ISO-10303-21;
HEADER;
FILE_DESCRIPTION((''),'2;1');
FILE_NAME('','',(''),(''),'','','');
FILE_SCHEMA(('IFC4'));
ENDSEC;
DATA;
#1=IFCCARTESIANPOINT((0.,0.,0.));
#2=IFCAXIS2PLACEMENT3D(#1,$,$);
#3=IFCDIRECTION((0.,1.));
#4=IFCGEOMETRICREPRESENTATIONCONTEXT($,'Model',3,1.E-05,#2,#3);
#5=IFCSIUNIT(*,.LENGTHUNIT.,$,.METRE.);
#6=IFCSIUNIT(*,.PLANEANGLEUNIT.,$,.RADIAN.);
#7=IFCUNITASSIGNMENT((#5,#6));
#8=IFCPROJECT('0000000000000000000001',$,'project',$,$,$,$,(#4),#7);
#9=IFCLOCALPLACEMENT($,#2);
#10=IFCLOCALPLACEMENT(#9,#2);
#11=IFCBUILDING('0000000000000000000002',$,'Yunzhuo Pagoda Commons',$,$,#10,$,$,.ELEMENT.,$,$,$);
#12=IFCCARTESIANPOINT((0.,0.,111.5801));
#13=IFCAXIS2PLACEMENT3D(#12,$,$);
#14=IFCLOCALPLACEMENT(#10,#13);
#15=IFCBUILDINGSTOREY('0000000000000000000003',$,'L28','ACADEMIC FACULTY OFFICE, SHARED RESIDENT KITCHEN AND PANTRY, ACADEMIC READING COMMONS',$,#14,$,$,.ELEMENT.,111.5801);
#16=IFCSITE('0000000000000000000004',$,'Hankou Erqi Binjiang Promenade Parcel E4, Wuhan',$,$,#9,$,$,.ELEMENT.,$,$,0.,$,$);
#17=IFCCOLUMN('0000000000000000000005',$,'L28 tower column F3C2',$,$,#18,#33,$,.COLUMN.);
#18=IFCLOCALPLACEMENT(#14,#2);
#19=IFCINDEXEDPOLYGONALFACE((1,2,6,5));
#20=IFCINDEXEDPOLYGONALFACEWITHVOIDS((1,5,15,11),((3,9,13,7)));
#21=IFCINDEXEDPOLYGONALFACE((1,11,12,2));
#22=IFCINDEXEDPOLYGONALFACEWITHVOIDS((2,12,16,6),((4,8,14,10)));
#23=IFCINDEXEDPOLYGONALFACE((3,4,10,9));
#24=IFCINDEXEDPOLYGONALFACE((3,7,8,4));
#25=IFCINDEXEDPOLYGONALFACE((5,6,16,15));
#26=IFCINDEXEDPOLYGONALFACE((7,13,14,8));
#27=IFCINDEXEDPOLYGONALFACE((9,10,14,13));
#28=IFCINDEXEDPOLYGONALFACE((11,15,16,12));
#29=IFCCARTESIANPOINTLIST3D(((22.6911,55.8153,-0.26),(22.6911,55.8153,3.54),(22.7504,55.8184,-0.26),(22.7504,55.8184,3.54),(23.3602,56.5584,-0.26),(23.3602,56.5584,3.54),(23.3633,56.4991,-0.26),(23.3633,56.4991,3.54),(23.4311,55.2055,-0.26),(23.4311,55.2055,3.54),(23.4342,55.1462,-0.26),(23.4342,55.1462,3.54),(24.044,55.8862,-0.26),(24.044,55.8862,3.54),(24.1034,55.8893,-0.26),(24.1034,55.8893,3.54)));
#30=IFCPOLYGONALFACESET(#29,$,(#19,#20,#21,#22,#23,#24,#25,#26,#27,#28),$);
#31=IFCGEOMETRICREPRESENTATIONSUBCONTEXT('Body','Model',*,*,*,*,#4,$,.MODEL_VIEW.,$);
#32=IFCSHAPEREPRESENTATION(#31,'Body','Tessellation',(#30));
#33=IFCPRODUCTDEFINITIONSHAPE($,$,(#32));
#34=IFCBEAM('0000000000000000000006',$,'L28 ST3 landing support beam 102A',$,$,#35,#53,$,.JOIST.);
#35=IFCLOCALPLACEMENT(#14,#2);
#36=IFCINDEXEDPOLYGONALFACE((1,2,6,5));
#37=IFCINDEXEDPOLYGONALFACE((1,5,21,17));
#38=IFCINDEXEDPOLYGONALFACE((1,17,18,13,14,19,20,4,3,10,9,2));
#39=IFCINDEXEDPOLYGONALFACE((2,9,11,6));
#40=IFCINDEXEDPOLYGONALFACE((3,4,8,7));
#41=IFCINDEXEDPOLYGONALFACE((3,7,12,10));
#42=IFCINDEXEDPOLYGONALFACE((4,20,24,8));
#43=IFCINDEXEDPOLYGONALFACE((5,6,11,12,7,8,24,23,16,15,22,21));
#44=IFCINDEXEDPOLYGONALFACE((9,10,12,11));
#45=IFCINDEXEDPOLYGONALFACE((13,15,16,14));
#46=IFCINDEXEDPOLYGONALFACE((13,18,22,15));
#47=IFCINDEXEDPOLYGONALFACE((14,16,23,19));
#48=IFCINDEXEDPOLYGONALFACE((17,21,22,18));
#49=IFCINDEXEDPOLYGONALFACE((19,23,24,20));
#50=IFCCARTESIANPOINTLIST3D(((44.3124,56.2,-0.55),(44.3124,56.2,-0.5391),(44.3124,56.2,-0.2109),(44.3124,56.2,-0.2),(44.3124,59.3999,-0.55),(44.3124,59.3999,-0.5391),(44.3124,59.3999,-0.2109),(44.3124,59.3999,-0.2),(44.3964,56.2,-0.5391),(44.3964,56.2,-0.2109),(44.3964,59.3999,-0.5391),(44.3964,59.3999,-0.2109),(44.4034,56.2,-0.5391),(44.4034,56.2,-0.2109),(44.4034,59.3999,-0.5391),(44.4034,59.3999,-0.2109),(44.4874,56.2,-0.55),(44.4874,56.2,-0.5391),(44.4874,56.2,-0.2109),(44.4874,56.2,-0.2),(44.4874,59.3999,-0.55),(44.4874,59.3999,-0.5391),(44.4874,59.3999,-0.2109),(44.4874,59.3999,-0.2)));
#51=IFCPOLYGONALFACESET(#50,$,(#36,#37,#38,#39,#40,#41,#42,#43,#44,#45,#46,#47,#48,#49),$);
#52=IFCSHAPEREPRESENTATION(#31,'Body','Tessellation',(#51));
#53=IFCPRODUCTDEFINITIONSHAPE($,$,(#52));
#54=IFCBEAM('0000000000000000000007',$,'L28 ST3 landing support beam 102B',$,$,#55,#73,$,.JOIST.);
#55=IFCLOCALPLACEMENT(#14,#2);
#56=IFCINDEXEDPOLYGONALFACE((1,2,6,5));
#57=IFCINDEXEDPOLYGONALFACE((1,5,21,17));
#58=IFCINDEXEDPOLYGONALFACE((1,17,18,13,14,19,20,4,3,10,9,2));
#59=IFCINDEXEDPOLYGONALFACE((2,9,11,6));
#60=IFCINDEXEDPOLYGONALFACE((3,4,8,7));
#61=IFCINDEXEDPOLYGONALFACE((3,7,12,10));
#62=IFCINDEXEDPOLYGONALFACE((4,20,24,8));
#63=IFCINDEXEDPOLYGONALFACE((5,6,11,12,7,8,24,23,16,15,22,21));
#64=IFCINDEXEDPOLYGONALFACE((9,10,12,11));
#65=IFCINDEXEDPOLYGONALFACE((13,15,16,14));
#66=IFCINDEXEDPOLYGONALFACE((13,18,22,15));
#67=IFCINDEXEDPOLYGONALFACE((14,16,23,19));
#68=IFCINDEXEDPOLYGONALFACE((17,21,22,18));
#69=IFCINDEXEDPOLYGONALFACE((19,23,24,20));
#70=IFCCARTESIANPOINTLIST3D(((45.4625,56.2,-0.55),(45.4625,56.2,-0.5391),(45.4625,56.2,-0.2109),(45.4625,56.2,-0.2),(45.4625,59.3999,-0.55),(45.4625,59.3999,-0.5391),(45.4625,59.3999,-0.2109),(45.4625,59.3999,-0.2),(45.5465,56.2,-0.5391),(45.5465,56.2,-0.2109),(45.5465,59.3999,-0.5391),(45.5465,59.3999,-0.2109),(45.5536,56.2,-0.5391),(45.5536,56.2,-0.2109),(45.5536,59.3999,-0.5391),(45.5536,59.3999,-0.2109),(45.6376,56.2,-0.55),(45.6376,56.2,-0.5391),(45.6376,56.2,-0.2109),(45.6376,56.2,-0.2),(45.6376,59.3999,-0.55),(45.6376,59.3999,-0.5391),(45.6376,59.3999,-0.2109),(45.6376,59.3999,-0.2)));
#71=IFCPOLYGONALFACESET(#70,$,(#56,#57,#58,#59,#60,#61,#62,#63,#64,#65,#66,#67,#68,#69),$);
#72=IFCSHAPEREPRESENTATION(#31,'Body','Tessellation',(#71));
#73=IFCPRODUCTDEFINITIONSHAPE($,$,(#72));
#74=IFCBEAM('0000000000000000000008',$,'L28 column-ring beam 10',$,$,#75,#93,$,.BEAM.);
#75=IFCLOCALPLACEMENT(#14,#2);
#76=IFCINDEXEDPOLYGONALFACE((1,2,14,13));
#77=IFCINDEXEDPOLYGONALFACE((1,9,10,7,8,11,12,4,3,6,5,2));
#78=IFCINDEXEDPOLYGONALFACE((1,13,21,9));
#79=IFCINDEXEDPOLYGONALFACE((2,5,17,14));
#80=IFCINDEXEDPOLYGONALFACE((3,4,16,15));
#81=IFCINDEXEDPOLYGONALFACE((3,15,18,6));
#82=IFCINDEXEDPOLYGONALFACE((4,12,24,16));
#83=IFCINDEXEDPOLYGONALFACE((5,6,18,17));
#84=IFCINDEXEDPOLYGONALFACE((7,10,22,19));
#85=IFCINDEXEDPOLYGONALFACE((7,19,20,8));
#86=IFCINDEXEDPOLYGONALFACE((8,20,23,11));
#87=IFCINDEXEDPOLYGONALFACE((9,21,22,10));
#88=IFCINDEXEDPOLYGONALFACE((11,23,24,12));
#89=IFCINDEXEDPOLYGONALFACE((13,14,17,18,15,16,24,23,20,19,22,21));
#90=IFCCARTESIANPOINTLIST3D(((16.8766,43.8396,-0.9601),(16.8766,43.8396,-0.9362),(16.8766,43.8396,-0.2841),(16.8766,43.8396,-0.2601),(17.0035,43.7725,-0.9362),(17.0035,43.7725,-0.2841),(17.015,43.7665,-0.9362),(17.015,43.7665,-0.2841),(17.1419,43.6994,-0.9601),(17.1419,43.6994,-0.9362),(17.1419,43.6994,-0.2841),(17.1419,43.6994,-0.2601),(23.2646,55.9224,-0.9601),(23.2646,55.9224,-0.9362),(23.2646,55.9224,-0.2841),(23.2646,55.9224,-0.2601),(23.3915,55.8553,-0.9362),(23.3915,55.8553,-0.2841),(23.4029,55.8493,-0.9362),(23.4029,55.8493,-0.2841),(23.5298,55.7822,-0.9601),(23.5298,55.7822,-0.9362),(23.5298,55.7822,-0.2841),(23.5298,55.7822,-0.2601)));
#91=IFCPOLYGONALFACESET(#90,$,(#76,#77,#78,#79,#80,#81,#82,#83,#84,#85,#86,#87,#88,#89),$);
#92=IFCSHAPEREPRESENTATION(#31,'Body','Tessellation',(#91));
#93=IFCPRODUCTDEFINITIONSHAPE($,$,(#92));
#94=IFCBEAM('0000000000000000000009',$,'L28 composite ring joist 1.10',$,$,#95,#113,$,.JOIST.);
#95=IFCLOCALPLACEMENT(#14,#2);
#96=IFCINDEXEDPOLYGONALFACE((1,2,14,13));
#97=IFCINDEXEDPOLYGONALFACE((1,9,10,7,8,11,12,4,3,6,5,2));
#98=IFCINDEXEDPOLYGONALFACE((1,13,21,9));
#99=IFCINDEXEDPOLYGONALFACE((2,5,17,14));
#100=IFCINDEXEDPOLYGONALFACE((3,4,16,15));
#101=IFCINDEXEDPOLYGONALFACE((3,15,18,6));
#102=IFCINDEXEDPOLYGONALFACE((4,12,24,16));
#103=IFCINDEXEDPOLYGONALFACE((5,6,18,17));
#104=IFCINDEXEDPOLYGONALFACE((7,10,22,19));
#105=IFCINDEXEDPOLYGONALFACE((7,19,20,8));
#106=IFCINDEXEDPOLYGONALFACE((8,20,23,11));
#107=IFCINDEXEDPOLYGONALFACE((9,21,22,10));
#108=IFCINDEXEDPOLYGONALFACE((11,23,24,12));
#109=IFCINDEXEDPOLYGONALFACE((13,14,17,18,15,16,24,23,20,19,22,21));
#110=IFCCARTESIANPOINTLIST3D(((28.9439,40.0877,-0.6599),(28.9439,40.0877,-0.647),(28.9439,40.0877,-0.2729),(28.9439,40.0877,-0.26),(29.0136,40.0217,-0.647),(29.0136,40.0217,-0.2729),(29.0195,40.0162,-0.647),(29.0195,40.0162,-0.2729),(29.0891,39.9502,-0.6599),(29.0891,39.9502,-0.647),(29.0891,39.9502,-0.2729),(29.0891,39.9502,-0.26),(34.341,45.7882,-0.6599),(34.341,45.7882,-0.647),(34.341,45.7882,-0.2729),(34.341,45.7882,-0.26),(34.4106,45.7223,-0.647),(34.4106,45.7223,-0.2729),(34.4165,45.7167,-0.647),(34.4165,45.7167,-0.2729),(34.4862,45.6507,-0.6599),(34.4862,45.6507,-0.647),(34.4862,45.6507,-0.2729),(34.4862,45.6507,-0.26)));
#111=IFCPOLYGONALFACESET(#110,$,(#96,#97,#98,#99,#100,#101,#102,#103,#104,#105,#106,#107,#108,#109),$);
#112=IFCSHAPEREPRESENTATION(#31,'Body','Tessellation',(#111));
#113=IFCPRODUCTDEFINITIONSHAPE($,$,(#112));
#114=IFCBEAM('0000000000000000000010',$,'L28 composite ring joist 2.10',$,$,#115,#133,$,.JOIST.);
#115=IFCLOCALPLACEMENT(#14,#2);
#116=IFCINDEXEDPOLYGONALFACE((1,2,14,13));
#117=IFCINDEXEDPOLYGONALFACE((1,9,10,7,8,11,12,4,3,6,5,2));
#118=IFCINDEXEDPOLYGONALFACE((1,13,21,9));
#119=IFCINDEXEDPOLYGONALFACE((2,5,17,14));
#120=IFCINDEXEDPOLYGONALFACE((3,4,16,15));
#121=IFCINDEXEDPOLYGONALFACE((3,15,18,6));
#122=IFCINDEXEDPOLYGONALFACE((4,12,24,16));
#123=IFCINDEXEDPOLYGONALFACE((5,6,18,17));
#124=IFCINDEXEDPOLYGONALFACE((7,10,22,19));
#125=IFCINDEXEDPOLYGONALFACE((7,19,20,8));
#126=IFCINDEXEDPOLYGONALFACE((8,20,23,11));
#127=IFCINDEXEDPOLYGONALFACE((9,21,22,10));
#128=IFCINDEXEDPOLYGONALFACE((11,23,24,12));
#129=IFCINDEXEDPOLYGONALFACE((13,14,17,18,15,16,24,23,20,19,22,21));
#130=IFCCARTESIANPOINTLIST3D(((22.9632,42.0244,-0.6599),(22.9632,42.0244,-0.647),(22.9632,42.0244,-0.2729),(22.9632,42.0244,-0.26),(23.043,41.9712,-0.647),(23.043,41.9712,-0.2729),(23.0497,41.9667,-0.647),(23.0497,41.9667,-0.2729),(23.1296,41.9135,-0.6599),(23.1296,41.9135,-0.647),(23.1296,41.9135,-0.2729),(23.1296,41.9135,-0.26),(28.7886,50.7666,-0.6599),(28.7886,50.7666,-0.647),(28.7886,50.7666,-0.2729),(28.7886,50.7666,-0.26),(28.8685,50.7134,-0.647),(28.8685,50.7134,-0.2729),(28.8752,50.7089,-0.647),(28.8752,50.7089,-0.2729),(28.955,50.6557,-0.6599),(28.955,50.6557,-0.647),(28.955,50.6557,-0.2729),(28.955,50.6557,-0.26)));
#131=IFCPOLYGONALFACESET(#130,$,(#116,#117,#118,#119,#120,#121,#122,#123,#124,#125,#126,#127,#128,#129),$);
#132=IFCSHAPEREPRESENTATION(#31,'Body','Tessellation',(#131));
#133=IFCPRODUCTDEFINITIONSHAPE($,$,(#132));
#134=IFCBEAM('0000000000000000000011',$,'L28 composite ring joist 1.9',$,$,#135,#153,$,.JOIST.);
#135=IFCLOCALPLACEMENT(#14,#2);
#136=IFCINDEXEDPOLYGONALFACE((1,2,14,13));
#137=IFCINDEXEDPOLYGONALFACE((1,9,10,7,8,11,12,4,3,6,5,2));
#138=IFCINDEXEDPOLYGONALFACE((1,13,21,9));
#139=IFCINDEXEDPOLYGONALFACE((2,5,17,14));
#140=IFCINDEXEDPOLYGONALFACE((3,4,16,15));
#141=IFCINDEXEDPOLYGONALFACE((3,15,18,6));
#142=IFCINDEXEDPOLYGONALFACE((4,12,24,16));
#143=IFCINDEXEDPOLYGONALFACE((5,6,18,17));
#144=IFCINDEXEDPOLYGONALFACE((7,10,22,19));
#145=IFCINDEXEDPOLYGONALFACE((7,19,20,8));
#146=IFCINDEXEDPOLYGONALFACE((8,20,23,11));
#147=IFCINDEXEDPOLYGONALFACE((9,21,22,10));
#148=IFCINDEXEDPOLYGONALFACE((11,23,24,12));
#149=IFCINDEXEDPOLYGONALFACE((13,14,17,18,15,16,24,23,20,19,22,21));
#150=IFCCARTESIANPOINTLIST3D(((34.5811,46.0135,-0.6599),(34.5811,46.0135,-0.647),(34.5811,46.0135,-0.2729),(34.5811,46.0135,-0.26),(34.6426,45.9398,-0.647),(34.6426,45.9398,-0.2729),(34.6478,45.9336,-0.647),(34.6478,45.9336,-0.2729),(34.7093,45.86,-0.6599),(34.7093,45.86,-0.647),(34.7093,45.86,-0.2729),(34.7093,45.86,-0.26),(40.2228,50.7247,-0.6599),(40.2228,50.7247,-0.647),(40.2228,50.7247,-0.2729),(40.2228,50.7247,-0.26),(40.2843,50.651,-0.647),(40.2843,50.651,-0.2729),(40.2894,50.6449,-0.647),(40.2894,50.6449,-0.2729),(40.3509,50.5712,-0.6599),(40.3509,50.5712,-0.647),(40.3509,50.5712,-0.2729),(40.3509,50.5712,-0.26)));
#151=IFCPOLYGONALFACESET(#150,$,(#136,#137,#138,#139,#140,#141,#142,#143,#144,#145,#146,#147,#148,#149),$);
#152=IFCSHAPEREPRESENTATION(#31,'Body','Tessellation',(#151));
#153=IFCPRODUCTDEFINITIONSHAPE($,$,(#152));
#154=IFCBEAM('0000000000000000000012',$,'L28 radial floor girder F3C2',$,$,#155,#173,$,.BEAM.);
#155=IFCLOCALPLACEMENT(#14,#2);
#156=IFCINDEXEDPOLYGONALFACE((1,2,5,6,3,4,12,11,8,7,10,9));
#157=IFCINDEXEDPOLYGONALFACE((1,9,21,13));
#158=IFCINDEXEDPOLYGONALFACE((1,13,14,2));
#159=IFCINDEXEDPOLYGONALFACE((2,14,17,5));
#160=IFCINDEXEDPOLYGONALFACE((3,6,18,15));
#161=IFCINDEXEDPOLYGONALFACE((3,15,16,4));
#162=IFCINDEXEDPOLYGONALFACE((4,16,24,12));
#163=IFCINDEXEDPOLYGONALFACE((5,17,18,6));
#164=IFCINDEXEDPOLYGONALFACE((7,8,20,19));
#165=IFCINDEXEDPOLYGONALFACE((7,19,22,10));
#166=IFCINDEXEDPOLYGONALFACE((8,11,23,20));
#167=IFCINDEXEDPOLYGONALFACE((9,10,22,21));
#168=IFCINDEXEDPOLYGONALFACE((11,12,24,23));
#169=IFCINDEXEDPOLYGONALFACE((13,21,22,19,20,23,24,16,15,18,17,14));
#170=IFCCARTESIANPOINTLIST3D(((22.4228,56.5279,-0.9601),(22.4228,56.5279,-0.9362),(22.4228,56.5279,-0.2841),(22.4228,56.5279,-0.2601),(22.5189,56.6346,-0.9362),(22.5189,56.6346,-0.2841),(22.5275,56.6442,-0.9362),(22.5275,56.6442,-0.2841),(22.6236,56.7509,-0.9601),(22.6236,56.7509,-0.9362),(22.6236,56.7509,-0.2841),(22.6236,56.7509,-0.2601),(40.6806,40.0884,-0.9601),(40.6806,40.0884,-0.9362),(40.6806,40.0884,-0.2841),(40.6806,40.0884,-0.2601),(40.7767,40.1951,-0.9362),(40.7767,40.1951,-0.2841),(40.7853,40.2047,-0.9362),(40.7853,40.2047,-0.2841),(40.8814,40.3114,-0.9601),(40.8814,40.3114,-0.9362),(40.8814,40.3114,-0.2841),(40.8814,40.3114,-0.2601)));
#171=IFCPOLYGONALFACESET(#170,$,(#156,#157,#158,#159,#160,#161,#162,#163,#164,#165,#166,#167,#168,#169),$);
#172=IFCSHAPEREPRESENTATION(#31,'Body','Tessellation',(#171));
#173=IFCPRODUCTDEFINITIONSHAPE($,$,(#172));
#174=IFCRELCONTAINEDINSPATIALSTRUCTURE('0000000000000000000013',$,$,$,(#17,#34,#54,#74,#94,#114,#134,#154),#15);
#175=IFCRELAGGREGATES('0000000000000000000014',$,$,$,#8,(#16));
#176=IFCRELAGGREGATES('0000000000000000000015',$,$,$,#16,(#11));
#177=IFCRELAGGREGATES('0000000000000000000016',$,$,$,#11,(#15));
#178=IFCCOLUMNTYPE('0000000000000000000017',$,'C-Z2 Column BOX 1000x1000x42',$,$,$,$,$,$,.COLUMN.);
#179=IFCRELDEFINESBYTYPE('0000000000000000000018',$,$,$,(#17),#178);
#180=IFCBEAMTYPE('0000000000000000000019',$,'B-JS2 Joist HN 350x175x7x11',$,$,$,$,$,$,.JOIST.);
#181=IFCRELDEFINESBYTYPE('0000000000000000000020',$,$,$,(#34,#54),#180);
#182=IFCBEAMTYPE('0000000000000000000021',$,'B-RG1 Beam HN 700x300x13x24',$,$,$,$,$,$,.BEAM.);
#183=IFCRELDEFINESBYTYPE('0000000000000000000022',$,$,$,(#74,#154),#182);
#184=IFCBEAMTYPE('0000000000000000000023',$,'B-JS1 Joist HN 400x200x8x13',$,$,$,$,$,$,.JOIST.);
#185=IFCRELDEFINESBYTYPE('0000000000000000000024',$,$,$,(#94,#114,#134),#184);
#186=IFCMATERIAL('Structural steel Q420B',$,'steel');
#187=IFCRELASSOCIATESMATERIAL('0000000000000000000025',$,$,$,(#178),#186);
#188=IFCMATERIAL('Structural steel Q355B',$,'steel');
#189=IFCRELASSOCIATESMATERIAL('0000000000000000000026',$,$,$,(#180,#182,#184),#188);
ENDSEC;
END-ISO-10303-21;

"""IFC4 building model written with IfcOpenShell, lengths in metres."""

from ifc_helpers import new_model, si_unit, direction, frame, origin, origin_2d, place, context, subcontext, project, spatial, hollow_rectangle, i_section, extrude, source, transform, mapped, material, material_profile, profile_set, type_object, element, save


model = new_model("IFC4")

# Units and contexts
model_context = context("Model", 3, precision=1e-05, world=origin(), true_north=direction((0.0, 1.0)))
body_context = subcontext(model_context, "Body", "Model", "MODEL_VIEW")
ifc_project = project(units=[si_unit("LENGTHUNIT", "METRE"), si_unit("PLANEANGLEUNIT", "RADIAN")], contexts=[model_context])

# Site, building, storey
site_placement = place(None, origin())
site = spatial("IfcSite", under=ifc_project, at=site_placement, Name="Hankou Erqi Binjiang Promenade Parcel E4, Wuhan", CompositionType="ELEMENT", RefElevation=0.0)
building_placement = place(site_placement, origin())
building = spatial("IfcBuilding", under=site, at=building_placement, Name="Yunzhuo Pagoda Commons", CompositionType="ELEMENT")
storey_placement = place(building_placement, frame((0.0, 0.0, 111.5801)))
storey = spatial("IfcBuildingStorey", under=building, at=storey_placement, Name="L28", Description="ACADEMIC FACULTY OFFICE, SHARED RESIDENT KITCHEN AND PANTRY, ACADEMIC READING COMMONS", CompositionType="ELEMENT", Elevation=111.5801)

# Column
ifc_material_1 = material(Name="Structural steel Q420B", Category="steel")
ifc_material_profile_1 = material_profile(ifc_material_1, hollow_rectangle(XDim=1.0, YDim=1.0, WallThickness=0.042, at=origin_2d()), Name="Structural steel Q420B")
ifc_profile_set_1 = profile_set([ifc_material_profile_1], Name="Structural steel Q420B")
column_type = type_object("IfcColumnType", Name="C-Z2 Column BOX 1000x1000x42", PredefinedType="COLUMN", material=ifc_profile_set_1)
shared_shape_1 = source(origin(), body_context, "Body", "SweptSolid", [
    extrude(hollow_rectangle(XDim=1.0, YDim=1.0, WallThickness=0.042, at=origin_2d()), origin(), (0.0, 0.0, 1.0), 3.8),
])
column_placement = place(storey_placement, frame((23.3972, 55.8523, -0.26), z_axis=(0.0, 0.0, 1.0), x_axis=(-0.669131, -0.743145, 0.0)))
element("IfcColumn", 1, at=column_placement, inside=storey, type_object=column_type, Name="L28 tower column F3C2", PredefinedType="COLUMN", context=body_context, shape_type="MappedRepresentation", body=[
    mapped(shared_shape_1, transform((0.0, 0.0, 0.0), scale=1.0)),
])

# Beams
ifc_material_2 = material(Name="Structural steel Q355B", Category="steel")
ifc_material_profile_2 = material_profile(ifc_material_2, i_section(OverallWidth=0.175, OverallDepth=0.3501, WebThickness=0.0071, FlangeThickness=0.011, at=origin_2d()), Name="Structural steel Q355B")
ifc_profile_set_2 = profile_set([ifc_material_profile_2], Name="Structural steel Q355B")
beam_type_1 = type_object("IfcBeamType", Name="B-JS2 Joist HN 350x175x7x11", PredefinedType="JOIST", material=ifc_profile_set_2)
shared_shape_2 = source(origin(), body_context, "Body", "SweptSolid", [
    extrude(i_section(OverallWidth=0.175, OverallDepth=0.3501, WebThickness=0.0071, FlangeThickness=0.011, at=origin_2d()), origin(), (0.0, 0.0, 1.0), 3.2),
])
for number, where, z_axis, x_axis, name in (
    (2, (44.3999, 56.2, -0.375), (0.0, 1.0, 0.0), (-1.0, 0.0, 0.0), "L28 ST3 landing support beam 102A"),
    (3, (45.55, 56.2, -0.375), (0.0, 1.0, 0.0), (-1.0, 0.0, 0.0), "L28 ST3 landing support beam 102B"),
):
    element("IfcBeam", number, at=place(storey_placement, frame(where, z_axis=z_axis, x_axis=x_axis)), inside=storey, type_object=beam_type_1, Name=name, PredefinedType="JOIST", context=body_context, shape_type="MappedRepresentation", body=[
        mapped(shared_shape_2, transform((0.0, 0.0, 0.0), scale=1.0)),
    ])
ifc_material_profile_3 = material_profile(ifc_material_2, i_section(OverallWidth=0.3, OverallDepth=0.7, WebThickness=0.0129, FlangeThickness=0.0239, at=origin_2d()), Name="Structural steel Q355B")
ifc_profile_set_3 = profile_set([ifc_material_profile_3], Name="Structural steel Q355B")
beam_type_2 = type_object("IfcBeamType", Name="B-RG1 Beam HN 700x300x13x24", PredefinedType="BEAM", material=ifc_profile_set_3)
shared_shape_3 = source(origin(), body_context, "Body", "SweptSolid", [
    extrude(i_section(OverallWidth=0.3, OverallDepth=0.7, WebThickness=0.0129, FlangeThickness=0.0239, at=origin_2d()), origin(), (0.0, 0.0, 1.0), 13.6675),
])
beam_1_placement = place(storey_placement, frame((23.3972, 55.8523, -0.6101), z_axis=(-0.467384, -0.884055, 0.0), x_axis=(0.884055, -0.467384, 0.0)))
element("IfcBeam", 4, at=beam_1_placement, inside=storey, type_object=beam_type_2, Name="L28 column-ring beam 10", PredefinedType="BEAM", context=body_context, shape_type="MappedRepresentation", body=[
    mapped(shared_shape_3, transform((0.0, 0.0, 0.0), scale=1.0)),
])
ifc_material_profile_4 = material_profile(ifc_material_2, i_section(OverallWidth=0.2, OverallDepth=0.3999, WebThickness=0.0081, FlangeThickness=0.0129, at=origin_2d()), Name="Structural steel Q355B")
ifc_profile_set_4 = profile_set([ifc_material_profile_4], Name="Structural steel Q355B")
beam_type_3 = type_object("IfcBeamType", Name="B-JS1 Joist HN 400x200x8x13", PredefinedType="JOIST", material=ifc_profile_set_4)
shared_shape_4 = source(origin(), body_context, "Body", "SweptSolid", [
    extrude(i_section(OverallWidth=0.2, OverallDepth=0.3999, WebThickness=0.0081, FlangeThickness=0.0129, at=origin_2d()), origin(), (0.0, 0.0, 1.0), 7.8501),
])
beam_2_placement = place(storey_placement, frame((34.4136, 45.7195, -0.46), z_axis=(-0.687513, -0.726172, 0.0), x_axis=(0.726172, -0.687513, 0.0)))
element("IfcBeam", 5, at=beam_2_placement, inside=storey, type_object=beam_type_3, Name="L28 composite ring joist 1.10", PredefinedType="JOIST", context=body_context, shape_type="MappedRepresentation", body=[
    mapped(shared_shape_4, transform((0.0, 0.0, 0.0), scale=1.0)),
])
shared_shape_5 = source(origin(), body_context, "Body", "SweptSolid", [
    extrude(i_section(OverallWidth=0.2, OverallDepth=0.3999, WebThickness=0.0081, FlangeThickness=0.0129, at=origin_2d()), origin(), (0.0, 0.0, 1.0), 10.5054),
])
beam_3_placement = place(storey_placement, frame((28.8718, 50.7112, -0.46), z_axis=(-0.554523, -0.832168, 0.0), x_axis=(0.832168, -0.554523, 0.0)))
element("IfcBeam", 6, at=beam_3_placement, inside=storey, type_object=beam_type_3, Name="L28 composite ring joist 2.10", PredefinedType="JOIST", context=body_context, shape_type="MappedRepresentation", body=[
    mapped(shared_shape_5, transform((0.0, 0.0, 0.0), scale=1.0)),
])
shared_shape_6 = source(origin(), body_context, "Body", "SweptSolid", [
    extrude(i_section(OverallWidth=0.2, OverallDepth=0.3999, WebThickness=0.0081, FlangeThickness=0.0129, at=origin_2d()), origin(), (0.0, 0.0, 1.0), 7.3501),
])
beam_4_placement = place(storey_placement, frame((40.2869, 50.6479, -0.46), z_axis=(-0.767562, -0.640975, 0.0), x_axis=(0.640975, -0.767562, 0.0)))
element("IfcBeam", 7, at=beam_4_placement, inside=storey, type_object=beam_type_3, Name="L28 composite ring joist 1.9", PredefinedType="JOIST", context=body_context, shape_type="MappedRepresentation", body=[
    mapped(shared_shape_6, transform((0.0, 0.0, 0.0), scale=1.0)),
])
shared_shape_7 = source(origin(), body_context, "Body", "SweptSolid", [
    extrude(i_section(OverallWidth=0.3, OverallDepth=0.7, WebThickness=0.0129, FlangeThickness=0.0239, at=origin_2d()), origin(), (0.0, 0.0, 1.0), 24.5684),
])
beam_5_placement = place(storey_placement, frame((22.5232, 56.6394, -0.6101), z_axis=(0.743144, -0.669132, 0.0), x_axis=(0.669132, 0.743144, 0.0)))
element("IfcBeam", 8, at=beam_5_placement, inside=storey, type_object=beam_type_2, Name="L28 radial floor girder F3C2", PredefinedType="BEAM", context=body_context, shape_type="MappedRepresentation", body=[
    mapped(shared_shape_7, transform((0.0, 0.0, 0.0), scale=1.0)),
])

save(model, "model.ifc")
